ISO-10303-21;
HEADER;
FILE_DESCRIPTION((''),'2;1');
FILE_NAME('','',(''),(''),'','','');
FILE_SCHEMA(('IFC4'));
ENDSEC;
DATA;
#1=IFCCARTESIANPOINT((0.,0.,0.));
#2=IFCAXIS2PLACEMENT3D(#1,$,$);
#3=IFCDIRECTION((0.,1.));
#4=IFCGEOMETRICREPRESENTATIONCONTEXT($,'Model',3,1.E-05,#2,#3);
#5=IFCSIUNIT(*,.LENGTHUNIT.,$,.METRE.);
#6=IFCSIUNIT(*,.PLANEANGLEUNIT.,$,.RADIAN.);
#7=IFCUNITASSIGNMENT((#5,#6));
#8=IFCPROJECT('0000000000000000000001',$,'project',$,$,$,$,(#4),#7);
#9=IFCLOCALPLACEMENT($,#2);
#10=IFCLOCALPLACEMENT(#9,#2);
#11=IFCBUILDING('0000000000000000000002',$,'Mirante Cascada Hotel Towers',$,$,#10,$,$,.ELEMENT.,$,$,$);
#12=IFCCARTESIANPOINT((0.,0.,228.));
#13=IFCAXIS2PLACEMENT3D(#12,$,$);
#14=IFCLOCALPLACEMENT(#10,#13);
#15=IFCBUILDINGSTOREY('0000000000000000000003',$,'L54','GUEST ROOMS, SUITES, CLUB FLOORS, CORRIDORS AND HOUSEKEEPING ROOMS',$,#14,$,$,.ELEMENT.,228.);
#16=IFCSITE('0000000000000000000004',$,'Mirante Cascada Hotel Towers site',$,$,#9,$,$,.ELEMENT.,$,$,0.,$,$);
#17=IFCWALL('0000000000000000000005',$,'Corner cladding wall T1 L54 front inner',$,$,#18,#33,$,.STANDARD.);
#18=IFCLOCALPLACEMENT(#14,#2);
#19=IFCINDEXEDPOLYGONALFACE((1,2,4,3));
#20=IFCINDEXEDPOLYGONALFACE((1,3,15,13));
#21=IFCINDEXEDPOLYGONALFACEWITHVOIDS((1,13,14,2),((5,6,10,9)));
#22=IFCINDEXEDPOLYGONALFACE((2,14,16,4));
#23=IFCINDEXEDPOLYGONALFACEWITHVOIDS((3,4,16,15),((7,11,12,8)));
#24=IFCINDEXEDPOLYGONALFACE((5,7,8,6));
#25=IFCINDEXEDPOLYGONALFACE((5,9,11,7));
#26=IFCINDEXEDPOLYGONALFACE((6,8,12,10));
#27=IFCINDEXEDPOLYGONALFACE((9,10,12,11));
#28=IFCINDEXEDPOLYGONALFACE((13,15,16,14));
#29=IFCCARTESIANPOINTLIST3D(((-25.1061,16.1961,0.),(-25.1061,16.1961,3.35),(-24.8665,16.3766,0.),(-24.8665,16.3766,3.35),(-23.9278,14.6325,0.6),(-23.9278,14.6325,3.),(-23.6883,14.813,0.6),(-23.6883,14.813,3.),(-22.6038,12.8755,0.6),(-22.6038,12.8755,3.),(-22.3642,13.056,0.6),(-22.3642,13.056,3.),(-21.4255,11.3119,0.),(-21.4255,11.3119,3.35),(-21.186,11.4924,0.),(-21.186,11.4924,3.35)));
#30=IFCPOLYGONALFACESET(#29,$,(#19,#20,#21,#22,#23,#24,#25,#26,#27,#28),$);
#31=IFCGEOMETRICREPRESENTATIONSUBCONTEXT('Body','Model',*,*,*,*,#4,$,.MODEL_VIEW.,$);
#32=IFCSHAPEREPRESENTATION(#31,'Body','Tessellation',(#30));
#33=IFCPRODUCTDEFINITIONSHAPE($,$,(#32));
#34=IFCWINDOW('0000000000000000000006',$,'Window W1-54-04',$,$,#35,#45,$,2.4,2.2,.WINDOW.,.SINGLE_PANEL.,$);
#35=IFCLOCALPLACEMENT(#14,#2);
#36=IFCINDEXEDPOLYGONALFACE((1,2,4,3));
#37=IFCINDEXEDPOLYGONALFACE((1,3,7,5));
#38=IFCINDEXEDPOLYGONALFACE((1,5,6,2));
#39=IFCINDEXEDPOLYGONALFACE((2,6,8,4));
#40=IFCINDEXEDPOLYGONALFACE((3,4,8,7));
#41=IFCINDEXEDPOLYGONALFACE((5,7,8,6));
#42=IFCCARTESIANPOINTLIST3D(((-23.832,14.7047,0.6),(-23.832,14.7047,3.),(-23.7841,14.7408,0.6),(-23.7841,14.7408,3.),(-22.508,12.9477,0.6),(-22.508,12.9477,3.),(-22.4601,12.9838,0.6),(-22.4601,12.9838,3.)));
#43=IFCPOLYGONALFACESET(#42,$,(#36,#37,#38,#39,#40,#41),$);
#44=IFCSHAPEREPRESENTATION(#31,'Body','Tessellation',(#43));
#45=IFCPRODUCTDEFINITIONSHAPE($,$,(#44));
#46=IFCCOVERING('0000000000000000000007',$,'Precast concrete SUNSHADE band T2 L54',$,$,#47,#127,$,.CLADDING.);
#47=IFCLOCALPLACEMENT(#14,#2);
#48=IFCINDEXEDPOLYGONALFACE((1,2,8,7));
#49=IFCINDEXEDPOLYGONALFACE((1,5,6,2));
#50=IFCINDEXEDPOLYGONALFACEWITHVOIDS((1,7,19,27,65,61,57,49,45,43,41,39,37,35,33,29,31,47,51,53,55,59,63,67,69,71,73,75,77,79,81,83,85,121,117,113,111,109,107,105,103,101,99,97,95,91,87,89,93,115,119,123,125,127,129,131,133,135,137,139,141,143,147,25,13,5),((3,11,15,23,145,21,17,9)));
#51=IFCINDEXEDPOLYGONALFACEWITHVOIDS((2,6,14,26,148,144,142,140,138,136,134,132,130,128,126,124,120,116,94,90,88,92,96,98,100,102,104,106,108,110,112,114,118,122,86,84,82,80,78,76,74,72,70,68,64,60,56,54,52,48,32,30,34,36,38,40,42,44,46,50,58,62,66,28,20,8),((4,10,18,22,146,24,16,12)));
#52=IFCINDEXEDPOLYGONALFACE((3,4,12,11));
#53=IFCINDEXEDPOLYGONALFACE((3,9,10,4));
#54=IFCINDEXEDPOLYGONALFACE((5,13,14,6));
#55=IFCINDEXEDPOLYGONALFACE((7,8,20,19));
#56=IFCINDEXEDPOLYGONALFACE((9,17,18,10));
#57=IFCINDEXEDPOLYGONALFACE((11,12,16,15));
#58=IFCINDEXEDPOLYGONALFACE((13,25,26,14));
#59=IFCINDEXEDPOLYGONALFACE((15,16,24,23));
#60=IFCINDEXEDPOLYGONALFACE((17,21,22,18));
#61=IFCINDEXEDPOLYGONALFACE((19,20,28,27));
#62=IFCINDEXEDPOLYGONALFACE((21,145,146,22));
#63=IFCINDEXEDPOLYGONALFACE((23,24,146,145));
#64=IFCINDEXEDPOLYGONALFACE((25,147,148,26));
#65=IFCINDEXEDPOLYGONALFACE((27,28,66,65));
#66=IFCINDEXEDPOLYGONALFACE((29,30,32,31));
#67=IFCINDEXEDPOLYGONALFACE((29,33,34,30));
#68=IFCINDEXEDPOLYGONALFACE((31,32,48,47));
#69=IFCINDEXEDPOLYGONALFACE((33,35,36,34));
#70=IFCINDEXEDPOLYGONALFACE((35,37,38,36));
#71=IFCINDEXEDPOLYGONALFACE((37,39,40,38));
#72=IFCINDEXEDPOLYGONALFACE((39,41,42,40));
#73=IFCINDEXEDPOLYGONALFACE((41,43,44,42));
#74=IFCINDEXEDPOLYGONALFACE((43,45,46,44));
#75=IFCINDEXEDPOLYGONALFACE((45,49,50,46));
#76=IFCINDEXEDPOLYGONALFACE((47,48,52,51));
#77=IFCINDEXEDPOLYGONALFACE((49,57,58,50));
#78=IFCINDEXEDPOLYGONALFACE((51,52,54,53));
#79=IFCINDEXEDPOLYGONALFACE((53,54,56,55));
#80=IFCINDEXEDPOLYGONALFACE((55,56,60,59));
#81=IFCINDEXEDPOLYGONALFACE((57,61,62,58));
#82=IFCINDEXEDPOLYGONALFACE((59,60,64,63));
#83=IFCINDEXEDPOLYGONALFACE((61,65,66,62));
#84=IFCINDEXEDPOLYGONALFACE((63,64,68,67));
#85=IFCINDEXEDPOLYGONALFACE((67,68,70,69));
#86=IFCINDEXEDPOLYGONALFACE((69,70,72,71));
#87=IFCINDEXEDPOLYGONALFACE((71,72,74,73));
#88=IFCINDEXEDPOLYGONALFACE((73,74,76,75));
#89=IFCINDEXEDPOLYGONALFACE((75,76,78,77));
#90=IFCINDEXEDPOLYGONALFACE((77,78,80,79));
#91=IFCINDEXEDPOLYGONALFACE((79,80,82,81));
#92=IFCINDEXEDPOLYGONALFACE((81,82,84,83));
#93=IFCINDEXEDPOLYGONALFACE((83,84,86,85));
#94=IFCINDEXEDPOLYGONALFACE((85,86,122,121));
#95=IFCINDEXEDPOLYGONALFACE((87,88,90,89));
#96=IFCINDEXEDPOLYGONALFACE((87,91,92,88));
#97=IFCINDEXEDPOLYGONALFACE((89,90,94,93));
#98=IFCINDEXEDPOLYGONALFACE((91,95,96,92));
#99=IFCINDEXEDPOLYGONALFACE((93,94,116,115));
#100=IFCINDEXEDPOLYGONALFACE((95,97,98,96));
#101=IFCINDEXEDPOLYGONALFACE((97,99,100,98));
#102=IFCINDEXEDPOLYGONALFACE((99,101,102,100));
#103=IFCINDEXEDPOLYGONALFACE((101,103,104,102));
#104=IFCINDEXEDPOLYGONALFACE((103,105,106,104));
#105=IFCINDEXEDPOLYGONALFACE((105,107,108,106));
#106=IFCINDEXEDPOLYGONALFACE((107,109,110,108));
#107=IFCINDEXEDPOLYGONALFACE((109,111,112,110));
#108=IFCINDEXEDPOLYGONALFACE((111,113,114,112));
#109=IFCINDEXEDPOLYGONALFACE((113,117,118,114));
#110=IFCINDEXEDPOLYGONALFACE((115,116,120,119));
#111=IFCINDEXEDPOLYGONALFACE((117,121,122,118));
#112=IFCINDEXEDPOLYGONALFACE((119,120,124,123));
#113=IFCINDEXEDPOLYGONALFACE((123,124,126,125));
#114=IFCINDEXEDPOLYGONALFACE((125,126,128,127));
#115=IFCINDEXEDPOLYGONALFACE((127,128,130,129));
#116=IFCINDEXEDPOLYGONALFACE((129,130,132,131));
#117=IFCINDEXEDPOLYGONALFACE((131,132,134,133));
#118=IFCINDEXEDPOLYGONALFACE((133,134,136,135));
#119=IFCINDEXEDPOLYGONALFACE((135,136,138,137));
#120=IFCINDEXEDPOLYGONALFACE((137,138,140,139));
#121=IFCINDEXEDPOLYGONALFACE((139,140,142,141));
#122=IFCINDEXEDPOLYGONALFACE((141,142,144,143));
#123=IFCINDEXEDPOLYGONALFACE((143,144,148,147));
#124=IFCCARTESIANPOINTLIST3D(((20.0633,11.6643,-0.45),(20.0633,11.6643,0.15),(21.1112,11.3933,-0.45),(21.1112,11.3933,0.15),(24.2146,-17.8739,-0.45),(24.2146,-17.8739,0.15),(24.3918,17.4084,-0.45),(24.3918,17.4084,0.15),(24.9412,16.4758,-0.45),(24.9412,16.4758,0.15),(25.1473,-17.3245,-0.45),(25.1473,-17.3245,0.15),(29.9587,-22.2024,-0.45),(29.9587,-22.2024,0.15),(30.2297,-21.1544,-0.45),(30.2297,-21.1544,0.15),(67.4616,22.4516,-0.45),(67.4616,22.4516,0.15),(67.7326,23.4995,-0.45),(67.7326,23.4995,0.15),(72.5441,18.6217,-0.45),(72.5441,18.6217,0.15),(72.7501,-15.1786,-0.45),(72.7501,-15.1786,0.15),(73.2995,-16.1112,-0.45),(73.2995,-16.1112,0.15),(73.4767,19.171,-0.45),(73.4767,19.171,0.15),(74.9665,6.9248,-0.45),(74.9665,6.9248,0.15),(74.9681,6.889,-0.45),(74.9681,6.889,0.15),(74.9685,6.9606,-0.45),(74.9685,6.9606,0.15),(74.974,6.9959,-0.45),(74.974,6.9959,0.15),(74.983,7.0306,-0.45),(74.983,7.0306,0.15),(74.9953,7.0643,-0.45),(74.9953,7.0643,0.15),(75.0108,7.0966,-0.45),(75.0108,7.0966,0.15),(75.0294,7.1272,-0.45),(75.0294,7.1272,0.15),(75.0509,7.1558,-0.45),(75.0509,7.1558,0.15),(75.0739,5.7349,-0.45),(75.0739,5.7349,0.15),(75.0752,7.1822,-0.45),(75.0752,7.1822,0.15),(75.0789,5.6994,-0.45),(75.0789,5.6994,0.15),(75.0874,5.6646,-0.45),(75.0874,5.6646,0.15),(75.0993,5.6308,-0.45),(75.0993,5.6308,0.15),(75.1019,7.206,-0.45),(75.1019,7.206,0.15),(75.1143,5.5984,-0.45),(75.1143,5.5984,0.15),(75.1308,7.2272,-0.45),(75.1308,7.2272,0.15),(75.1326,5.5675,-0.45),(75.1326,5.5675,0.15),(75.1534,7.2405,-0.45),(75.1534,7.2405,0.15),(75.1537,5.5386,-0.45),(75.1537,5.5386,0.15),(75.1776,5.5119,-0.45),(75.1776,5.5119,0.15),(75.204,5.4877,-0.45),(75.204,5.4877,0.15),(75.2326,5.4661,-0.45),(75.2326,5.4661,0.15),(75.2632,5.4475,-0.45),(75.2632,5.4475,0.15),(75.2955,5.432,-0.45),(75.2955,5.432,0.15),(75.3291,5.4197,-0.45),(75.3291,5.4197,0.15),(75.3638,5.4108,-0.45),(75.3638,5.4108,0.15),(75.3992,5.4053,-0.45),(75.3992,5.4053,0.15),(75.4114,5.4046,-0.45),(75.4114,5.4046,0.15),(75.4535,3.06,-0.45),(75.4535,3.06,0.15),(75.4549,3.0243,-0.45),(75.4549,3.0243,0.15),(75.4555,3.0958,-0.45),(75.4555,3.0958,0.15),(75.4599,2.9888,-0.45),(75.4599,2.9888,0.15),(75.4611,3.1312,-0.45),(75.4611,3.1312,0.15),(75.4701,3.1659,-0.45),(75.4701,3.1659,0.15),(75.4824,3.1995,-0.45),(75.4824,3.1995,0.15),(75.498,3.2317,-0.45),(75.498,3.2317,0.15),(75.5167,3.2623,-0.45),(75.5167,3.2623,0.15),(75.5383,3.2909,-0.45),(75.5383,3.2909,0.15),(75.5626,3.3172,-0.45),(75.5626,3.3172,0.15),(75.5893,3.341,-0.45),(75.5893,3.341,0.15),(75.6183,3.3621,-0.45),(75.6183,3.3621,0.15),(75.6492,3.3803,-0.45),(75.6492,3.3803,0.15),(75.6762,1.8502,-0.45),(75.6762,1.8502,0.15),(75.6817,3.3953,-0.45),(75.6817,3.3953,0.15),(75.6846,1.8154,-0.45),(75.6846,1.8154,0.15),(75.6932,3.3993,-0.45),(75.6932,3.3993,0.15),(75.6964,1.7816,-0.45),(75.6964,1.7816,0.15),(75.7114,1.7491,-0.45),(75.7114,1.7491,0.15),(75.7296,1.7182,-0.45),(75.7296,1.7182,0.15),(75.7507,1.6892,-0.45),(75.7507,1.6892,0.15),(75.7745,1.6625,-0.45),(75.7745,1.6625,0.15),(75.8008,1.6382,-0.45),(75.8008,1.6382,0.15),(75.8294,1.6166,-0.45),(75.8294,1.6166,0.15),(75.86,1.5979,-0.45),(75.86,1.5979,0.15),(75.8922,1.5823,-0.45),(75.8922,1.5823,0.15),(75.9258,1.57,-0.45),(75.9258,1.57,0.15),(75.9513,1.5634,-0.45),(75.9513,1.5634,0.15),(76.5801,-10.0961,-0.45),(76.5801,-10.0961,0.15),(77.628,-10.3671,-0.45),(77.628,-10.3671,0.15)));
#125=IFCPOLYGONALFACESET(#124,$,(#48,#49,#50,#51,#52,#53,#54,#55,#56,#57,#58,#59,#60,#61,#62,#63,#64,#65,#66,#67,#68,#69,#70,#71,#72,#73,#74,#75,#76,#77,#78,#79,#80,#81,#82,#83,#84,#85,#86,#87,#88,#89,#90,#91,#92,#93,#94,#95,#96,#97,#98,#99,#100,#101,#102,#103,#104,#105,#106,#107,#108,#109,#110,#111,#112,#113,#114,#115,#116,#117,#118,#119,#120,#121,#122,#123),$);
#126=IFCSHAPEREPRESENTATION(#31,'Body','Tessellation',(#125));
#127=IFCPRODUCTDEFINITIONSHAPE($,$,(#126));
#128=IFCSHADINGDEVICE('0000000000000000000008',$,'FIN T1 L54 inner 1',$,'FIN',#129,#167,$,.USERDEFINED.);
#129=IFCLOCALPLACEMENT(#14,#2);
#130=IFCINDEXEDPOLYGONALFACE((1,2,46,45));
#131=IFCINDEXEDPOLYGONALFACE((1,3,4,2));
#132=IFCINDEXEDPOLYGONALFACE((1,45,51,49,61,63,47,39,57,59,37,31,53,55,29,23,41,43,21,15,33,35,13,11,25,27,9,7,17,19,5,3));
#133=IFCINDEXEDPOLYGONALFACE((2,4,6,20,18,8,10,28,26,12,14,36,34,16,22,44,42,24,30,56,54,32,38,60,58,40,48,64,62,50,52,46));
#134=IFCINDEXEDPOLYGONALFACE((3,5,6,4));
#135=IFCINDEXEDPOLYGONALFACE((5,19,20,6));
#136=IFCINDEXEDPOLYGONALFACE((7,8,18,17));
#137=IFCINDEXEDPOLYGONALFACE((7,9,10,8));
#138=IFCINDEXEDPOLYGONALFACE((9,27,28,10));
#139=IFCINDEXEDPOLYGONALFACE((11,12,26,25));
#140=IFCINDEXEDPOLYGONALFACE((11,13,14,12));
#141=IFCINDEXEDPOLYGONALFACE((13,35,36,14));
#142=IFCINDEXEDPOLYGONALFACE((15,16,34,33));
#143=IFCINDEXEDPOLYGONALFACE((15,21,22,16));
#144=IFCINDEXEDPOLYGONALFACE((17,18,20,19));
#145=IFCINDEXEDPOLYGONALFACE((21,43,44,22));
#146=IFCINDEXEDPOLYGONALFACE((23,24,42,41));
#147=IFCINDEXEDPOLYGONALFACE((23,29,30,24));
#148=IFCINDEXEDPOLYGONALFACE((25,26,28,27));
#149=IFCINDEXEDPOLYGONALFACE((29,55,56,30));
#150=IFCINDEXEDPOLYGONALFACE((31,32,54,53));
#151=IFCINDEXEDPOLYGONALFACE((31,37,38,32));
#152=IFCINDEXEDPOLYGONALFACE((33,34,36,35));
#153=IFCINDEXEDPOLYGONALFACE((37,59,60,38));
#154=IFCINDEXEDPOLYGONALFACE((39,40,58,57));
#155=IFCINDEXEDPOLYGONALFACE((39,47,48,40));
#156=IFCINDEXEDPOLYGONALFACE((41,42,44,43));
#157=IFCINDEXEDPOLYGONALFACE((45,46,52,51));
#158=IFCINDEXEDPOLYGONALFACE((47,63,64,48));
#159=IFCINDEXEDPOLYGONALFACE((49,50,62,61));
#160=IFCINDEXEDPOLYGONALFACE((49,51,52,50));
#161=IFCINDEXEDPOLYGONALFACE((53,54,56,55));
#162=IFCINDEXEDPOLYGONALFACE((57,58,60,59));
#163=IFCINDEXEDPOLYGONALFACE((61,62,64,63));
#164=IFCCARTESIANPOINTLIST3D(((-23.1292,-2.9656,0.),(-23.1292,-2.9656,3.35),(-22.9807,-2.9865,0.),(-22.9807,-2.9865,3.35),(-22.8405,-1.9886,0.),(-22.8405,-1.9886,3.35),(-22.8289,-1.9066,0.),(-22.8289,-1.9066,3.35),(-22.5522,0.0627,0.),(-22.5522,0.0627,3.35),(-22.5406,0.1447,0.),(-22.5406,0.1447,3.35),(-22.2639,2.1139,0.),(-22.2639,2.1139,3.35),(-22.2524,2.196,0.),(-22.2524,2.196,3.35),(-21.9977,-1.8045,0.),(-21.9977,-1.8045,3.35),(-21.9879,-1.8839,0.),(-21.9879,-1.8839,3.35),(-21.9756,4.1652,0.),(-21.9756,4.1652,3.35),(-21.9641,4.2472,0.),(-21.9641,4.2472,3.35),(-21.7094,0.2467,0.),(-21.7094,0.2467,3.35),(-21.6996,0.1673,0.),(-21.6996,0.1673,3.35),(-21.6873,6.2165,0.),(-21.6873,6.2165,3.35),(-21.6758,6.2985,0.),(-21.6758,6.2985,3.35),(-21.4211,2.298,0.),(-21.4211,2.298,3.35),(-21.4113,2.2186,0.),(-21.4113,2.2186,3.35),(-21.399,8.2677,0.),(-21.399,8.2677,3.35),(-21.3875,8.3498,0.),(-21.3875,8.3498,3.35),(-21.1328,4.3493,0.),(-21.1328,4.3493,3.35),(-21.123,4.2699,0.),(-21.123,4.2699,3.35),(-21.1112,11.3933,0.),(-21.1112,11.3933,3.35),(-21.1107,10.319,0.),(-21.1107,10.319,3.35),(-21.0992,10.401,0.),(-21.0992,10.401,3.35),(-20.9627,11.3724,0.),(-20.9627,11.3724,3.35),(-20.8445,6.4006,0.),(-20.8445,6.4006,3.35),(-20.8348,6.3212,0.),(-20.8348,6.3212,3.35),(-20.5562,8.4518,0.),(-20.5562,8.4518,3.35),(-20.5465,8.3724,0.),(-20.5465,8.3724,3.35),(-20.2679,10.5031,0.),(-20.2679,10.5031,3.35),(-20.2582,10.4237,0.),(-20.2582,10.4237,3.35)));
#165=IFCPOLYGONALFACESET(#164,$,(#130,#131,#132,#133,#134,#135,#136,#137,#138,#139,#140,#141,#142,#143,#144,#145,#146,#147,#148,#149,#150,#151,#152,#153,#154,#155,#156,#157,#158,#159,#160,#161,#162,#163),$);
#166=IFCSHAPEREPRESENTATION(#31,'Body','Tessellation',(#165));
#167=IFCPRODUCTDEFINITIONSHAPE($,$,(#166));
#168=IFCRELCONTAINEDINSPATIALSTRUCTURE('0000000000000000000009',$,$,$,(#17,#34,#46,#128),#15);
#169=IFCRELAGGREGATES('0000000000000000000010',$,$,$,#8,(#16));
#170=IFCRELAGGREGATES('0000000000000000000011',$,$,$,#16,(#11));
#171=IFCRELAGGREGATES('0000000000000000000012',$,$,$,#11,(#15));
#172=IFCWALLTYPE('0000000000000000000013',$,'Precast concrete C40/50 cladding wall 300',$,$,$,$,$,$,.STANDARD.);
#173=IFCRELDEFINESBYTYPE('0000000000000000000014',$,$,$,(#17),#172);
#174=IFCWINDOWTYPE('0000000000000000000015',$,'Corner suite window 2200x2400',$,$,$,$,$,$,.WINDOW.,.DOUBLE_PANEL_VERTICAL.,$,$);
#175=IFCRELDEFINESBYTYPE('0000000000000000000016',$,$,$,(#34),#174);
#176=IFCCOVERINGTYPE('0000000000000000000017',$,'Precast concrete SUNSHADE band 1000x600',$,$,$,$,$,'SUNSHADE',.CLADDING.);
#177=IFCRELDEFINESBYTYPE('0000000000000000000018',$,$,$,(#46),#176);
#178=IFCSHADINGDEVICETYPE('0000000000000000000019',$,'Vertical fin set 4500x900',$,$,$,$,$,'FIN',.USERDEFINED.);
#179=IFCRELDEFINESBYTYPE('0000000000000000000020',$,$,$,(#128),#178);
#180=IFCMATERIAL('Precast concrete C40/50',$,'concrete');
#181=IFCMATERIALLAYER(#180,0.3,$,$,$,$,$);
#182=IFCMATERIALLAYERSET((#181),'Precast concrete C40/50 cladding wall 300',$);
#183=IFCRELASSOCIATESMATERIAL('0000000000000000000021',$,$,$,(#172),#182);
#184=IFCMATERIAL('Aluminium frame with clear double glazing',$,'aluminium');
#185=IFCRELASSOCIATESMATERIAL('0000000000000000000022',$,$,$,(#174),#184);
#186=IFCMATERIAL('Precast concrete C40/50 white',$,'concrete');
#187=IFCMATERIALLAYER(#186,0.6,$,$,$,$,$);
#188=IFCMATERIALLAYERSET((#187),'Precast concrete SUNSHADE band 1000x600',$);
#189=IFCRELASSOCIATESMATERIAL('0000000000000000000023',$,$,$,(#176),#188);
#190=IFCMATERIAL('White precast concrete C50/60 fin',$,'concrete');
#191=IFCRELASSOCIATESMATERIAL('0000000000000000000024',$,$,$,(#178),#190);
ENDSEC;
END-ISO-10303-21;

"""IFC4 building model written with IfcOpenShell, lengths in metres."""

from ifc_helpers import new_model, si_unit, direction, frame, frame_2d, origin, place, context, subcontext, project, spatial, polyline, rectangle, outline, extrude, material, layer, layer_set, type_object, element, fill, save


model = new_model("IFC4")

# Units and contexts
model_context = context("Model", 3, precision=1e-05, world=origin(), true_north=direction((0.0, 1.0)))
body_context = subcontext(model_context, "Body", "Model", "MODEL_VIEW")
ifc_project = project(units=[si_unit("LENGTHUNIT", "METRE"), si_unit("PLANEANGLEUNIT", "RADIAN")], contexts=[model_context])

# Site, building, storey
site_placement = place(None, origin())
site = spatial("IfcSite", under=ifc_project, at=site_placement, Name="Mirante Cascada Hotel Towers site", CompositionType="ELEMENT", RefElevation=0.0)
building_placement = place(site_placement, origin())
building = spatial("IfcBuilding", under=site, at=building_placement, Name="Mirante Cascada Hotel Towers", CompositionType="ELEMENT")
storey_placement = place(building_placement, frame((0.0, 0.0, 228.0)))
storey = spatial("IfcBuildingStorey", under=building, at=storey_placement, Name="L54", Description="GUEST ROOMS, SUITES, CLUB FLOORS, CORRIDORS AND HOUSEKEEPING ROOMS", CompositionType="ELEMENT", Elevation=228.0)

# Wall, opening, window
ifc_material_1 = material(Name="Precast concrete C40/50", Category="concrete")
ifc_layer_1 = layer(ifc_material_1, 0.3)
ifc_layer_set_1 = layer_set([ifc_layer_1], Name="Precast concrete C40/50 cladding wall 300")
wall_type_1 = type_object("IfcWallType", Name="Precast concrete C40/50 cladding wall 300", PredefinedType="STANDARD", material=ifc_layer_set_1)
wall_1_placement = place(storey_placement, frame((-24.9863, 16.2863, 0.0), z_axis=(0.0, 0.0, 1.0), x_axis=(0.601824, -0.798628, 0.0)))
wall_1 = element("IfcWall", 1, at=wall_1_placement, inside=storey, type_object=wall_type_1, Name="Corner cladding wall T1 L54 front inner", PredefinedType="STANDARD", context=body_context, shape_type="SweptSolid", body=[
    extrude(rectangle(XDim=6.1157, YDim=0.3, at=frame_2d((3.0578, 0.0))), origin(), (0.0, 0.0, 1.0), 3.35),
])
opening_1_placement = place(wall_1_placement, frame((1.9578, 0.0, 0.6)))
opening_1 = element("IfcOpeningElement", 2, at=opening_1_placement, cuts=wall_1, PredefinedType="OPENING", context=body_context, shape_type="SweptSolid", body=[
    extrude(rectangle(XDim=2.2, YDim=2.4, at=frame_2d((1.1, 1.2))), frame((0.0, 0.15, 0.0), z_axis=(0.0, -1.0, 0.0), x_axis=(1.0, 0.0, 0.0)), (0.0, 0.0, 1.0), 0.3),
])
ifc_material_2 = material(Name="Aluminium frame with clear double glazing", Category="aluminium")
window_type = type_object("IfcWindowType", Name="Corner suite window 2200x2400", PartitioningType="DOUBLE_PANEL_VERTICAL", PredefinedType="WINDOW", material=ifc_material_2)
window_placement = place(opening_1_placement, origin())
window = element("IfcWindow", 3, at=window_placement, inside=storey, type_object=window_type, Name="Window W1-54-04", OverallHeight=2.4, OverallWidth=2.2, PartitioningType="SINGLE_PANEL", PredefinedType="WINDOW", context=body_context, shape_type="SweptSolid", body=[
    extrude(rectangle(XDim=2.2, YDim=2.4, at=frame_2d((1.1, 1.2))), frame((0.0, 0.03, 0.0), z_axis=(0.0, -1.0, 0.0), x_axis=(1.0, 0.0, 0.0)), (0.0, 0.0, 1.0), 0.06),
])
fill(opening_1, window)

# Covering
ifc_material_3 = material(Name="Precast concrete C40/50 white", Category="concrete")
ifc_layer_2 = layer(ifc_material_3, 0.6)
ifc_layer_set_2 = layer_set([ifc_layer_2], Name="Precast concrete SUNSHADE band 1000x600")
covering_type = type_object("IfcCoveringType", Name="Precast concrete SUNSHADE band 1000x600", ElementType="SUNSHADE", PredefinedType="CLADDING", material=ifc_layer_set_2)
covering_placement = place(storey_placement, frame((0.0, 0.0, -0.45)))
element("IfcCovering", 4, at=covering_placement, inside=storey, type_object=covering_type, Name="Precast concrete SUNSHADE band T2 L54", PredefinedType="CLADDING", context=body_context, shape_type="SweptSolid", body=[
    extrude(outline(polyline([(20.0633, 11.6643), (24.3918, 17.4084), (67.7326, 23.4995), (73.4767, 19.171), (75.1534, 7.2405), (75.1308, 7.2272), (75.1019, 7.206), (75.0752, 7.1822), (75.0509, 7.1558), (75.0294, 7.1272), (75.0108, 7.0966), (74.9953, 7.0643), (74.983, 7.0306), (74.974, 6.9959), (74.9685, 6.9606), (74.9665, 6.9248), (74.9681, 6.889), (75.0739, 5.7349), (75.0789, 5.6994), (75.0874, 5.6646), (75.0993, 5.6308), (75.1143, 5.5984), (75.1326, 5.5675), (75.1537, 5.5386), (75.1776, 5.5119), (75.204, 5.4877), (75.2326, 5.4661), (75.2632, 5.4475), (75.2955, 5.432), (75.3291, 5.4197), (75.3638, 5.4108), (75.3992, 5.4053), (75.4114, 5.4046), (75.6932, 3.3993), (75.6817, 3.3953), (75.6492, 3.3803), (75.6183, 3.3621), (75.5893, 3.341), (75.5626, 3.3172), (75.5383, 3.2909), (75.5167, 3.2623), (75.498, 3.2317), (75.4824, 3.1995), (75.4701, 3.1659), (75.4611, 3.1312), (75.4555, 3.0958), (75.4535, 3.06), (75.4549, 3.0243), (75.4599, 2.9888), (75.6762, 1.8502), (75.6846, 1.8154), (75.6964, 1.7816), (75.7114, 1.7491), (75.7296, 1.7182), (75.7507, 1.6892), (75.7745, 1.6625), (75.8008, 1.6382), (75.8294, 1.6166), (75.86, 1.5979), (75.8922, 1.5823), (75.9258, 1.57), (75.9513, 1.5634), (77.628, -10.3671), (73.2995, -16.1112), (29.9587, -22.2024), (24.2146, -17.8739), (20.0633, 11.6643)]), holes=[polyline([(76.5801, -10.0961), (72.5441, 18.6217), (67.4616, 22.4516), (24.9412, 16.4758), (21.1112, 11.3933), (25.1473, -17.3245), (30.2297, -21.1544), (72.7501, -15.1786), (76.5801, -10.0961)])]), origin(), (0.0, 0.0, 1.0), 0.6),
])

# Shading device
ifc_material_4 = material(Name="White precast concrete C50/60 fin", Category="concrete")
shading_device_type = type_object("IfcShadingDeviceType", Name="Vertical fin set 4500x900", ElementType="FIN", PredefinedType="USERDEFINED", material=ifc_material_4)
shading_device_1_placement = place(storey_placement, origin())
element("IfcShadingDevice", 5, at=shading_device_1_placement, inside=storey, type_object=shading_device_type, Name="FIN T1 L54 inner 1", ObjectType="FIN", PredefinedType="USERDEFINED", context=body_context, shape_type="SweptSolid", body=[
    extrude(outline(polyline([(-22.8405, -1.9886), (-22.9807, -2.9865), (-23.1292, -2.9656), (-21.1112, 11.3933), (-20.9627, 11.3724), (-21.0992, 10.401), (-20.2679, 10.5031), (-20.2582, 10.4237), (-21.1107, 10.319), (-21.3875, 8.3498), (-20.5562, 8.4518), (-20.5465, 8.3724), (-21.399, 8.2677), (-21.6758, 6.2985), (-20.8445, 6.4006), (-20.8348, 6.3212), (-21.6873, 6.2165), (-21.9641, 4.2472), (-21.1328, 4.3493), (-21.123, 4.2699), (-21.9756, 4.1652), (-22.2524, 2.196), (-21.4211, 2.298), (-21.4113, 2.2186), (-22.2639, 2.1139), (-22.5406, 0.1447), (-21.7094, 0.2467), (-21.6996, 0.1673), (-22.5522, 0.0627), (-22.8289, -1.9066), (-21.9977, -1.8045), (-21.9879, -1.8839), (-22.8405, -1.9886)])), origin(), (0.0, 0.0, 1.0), 3.35),
])

save(model, "model.ifc")
